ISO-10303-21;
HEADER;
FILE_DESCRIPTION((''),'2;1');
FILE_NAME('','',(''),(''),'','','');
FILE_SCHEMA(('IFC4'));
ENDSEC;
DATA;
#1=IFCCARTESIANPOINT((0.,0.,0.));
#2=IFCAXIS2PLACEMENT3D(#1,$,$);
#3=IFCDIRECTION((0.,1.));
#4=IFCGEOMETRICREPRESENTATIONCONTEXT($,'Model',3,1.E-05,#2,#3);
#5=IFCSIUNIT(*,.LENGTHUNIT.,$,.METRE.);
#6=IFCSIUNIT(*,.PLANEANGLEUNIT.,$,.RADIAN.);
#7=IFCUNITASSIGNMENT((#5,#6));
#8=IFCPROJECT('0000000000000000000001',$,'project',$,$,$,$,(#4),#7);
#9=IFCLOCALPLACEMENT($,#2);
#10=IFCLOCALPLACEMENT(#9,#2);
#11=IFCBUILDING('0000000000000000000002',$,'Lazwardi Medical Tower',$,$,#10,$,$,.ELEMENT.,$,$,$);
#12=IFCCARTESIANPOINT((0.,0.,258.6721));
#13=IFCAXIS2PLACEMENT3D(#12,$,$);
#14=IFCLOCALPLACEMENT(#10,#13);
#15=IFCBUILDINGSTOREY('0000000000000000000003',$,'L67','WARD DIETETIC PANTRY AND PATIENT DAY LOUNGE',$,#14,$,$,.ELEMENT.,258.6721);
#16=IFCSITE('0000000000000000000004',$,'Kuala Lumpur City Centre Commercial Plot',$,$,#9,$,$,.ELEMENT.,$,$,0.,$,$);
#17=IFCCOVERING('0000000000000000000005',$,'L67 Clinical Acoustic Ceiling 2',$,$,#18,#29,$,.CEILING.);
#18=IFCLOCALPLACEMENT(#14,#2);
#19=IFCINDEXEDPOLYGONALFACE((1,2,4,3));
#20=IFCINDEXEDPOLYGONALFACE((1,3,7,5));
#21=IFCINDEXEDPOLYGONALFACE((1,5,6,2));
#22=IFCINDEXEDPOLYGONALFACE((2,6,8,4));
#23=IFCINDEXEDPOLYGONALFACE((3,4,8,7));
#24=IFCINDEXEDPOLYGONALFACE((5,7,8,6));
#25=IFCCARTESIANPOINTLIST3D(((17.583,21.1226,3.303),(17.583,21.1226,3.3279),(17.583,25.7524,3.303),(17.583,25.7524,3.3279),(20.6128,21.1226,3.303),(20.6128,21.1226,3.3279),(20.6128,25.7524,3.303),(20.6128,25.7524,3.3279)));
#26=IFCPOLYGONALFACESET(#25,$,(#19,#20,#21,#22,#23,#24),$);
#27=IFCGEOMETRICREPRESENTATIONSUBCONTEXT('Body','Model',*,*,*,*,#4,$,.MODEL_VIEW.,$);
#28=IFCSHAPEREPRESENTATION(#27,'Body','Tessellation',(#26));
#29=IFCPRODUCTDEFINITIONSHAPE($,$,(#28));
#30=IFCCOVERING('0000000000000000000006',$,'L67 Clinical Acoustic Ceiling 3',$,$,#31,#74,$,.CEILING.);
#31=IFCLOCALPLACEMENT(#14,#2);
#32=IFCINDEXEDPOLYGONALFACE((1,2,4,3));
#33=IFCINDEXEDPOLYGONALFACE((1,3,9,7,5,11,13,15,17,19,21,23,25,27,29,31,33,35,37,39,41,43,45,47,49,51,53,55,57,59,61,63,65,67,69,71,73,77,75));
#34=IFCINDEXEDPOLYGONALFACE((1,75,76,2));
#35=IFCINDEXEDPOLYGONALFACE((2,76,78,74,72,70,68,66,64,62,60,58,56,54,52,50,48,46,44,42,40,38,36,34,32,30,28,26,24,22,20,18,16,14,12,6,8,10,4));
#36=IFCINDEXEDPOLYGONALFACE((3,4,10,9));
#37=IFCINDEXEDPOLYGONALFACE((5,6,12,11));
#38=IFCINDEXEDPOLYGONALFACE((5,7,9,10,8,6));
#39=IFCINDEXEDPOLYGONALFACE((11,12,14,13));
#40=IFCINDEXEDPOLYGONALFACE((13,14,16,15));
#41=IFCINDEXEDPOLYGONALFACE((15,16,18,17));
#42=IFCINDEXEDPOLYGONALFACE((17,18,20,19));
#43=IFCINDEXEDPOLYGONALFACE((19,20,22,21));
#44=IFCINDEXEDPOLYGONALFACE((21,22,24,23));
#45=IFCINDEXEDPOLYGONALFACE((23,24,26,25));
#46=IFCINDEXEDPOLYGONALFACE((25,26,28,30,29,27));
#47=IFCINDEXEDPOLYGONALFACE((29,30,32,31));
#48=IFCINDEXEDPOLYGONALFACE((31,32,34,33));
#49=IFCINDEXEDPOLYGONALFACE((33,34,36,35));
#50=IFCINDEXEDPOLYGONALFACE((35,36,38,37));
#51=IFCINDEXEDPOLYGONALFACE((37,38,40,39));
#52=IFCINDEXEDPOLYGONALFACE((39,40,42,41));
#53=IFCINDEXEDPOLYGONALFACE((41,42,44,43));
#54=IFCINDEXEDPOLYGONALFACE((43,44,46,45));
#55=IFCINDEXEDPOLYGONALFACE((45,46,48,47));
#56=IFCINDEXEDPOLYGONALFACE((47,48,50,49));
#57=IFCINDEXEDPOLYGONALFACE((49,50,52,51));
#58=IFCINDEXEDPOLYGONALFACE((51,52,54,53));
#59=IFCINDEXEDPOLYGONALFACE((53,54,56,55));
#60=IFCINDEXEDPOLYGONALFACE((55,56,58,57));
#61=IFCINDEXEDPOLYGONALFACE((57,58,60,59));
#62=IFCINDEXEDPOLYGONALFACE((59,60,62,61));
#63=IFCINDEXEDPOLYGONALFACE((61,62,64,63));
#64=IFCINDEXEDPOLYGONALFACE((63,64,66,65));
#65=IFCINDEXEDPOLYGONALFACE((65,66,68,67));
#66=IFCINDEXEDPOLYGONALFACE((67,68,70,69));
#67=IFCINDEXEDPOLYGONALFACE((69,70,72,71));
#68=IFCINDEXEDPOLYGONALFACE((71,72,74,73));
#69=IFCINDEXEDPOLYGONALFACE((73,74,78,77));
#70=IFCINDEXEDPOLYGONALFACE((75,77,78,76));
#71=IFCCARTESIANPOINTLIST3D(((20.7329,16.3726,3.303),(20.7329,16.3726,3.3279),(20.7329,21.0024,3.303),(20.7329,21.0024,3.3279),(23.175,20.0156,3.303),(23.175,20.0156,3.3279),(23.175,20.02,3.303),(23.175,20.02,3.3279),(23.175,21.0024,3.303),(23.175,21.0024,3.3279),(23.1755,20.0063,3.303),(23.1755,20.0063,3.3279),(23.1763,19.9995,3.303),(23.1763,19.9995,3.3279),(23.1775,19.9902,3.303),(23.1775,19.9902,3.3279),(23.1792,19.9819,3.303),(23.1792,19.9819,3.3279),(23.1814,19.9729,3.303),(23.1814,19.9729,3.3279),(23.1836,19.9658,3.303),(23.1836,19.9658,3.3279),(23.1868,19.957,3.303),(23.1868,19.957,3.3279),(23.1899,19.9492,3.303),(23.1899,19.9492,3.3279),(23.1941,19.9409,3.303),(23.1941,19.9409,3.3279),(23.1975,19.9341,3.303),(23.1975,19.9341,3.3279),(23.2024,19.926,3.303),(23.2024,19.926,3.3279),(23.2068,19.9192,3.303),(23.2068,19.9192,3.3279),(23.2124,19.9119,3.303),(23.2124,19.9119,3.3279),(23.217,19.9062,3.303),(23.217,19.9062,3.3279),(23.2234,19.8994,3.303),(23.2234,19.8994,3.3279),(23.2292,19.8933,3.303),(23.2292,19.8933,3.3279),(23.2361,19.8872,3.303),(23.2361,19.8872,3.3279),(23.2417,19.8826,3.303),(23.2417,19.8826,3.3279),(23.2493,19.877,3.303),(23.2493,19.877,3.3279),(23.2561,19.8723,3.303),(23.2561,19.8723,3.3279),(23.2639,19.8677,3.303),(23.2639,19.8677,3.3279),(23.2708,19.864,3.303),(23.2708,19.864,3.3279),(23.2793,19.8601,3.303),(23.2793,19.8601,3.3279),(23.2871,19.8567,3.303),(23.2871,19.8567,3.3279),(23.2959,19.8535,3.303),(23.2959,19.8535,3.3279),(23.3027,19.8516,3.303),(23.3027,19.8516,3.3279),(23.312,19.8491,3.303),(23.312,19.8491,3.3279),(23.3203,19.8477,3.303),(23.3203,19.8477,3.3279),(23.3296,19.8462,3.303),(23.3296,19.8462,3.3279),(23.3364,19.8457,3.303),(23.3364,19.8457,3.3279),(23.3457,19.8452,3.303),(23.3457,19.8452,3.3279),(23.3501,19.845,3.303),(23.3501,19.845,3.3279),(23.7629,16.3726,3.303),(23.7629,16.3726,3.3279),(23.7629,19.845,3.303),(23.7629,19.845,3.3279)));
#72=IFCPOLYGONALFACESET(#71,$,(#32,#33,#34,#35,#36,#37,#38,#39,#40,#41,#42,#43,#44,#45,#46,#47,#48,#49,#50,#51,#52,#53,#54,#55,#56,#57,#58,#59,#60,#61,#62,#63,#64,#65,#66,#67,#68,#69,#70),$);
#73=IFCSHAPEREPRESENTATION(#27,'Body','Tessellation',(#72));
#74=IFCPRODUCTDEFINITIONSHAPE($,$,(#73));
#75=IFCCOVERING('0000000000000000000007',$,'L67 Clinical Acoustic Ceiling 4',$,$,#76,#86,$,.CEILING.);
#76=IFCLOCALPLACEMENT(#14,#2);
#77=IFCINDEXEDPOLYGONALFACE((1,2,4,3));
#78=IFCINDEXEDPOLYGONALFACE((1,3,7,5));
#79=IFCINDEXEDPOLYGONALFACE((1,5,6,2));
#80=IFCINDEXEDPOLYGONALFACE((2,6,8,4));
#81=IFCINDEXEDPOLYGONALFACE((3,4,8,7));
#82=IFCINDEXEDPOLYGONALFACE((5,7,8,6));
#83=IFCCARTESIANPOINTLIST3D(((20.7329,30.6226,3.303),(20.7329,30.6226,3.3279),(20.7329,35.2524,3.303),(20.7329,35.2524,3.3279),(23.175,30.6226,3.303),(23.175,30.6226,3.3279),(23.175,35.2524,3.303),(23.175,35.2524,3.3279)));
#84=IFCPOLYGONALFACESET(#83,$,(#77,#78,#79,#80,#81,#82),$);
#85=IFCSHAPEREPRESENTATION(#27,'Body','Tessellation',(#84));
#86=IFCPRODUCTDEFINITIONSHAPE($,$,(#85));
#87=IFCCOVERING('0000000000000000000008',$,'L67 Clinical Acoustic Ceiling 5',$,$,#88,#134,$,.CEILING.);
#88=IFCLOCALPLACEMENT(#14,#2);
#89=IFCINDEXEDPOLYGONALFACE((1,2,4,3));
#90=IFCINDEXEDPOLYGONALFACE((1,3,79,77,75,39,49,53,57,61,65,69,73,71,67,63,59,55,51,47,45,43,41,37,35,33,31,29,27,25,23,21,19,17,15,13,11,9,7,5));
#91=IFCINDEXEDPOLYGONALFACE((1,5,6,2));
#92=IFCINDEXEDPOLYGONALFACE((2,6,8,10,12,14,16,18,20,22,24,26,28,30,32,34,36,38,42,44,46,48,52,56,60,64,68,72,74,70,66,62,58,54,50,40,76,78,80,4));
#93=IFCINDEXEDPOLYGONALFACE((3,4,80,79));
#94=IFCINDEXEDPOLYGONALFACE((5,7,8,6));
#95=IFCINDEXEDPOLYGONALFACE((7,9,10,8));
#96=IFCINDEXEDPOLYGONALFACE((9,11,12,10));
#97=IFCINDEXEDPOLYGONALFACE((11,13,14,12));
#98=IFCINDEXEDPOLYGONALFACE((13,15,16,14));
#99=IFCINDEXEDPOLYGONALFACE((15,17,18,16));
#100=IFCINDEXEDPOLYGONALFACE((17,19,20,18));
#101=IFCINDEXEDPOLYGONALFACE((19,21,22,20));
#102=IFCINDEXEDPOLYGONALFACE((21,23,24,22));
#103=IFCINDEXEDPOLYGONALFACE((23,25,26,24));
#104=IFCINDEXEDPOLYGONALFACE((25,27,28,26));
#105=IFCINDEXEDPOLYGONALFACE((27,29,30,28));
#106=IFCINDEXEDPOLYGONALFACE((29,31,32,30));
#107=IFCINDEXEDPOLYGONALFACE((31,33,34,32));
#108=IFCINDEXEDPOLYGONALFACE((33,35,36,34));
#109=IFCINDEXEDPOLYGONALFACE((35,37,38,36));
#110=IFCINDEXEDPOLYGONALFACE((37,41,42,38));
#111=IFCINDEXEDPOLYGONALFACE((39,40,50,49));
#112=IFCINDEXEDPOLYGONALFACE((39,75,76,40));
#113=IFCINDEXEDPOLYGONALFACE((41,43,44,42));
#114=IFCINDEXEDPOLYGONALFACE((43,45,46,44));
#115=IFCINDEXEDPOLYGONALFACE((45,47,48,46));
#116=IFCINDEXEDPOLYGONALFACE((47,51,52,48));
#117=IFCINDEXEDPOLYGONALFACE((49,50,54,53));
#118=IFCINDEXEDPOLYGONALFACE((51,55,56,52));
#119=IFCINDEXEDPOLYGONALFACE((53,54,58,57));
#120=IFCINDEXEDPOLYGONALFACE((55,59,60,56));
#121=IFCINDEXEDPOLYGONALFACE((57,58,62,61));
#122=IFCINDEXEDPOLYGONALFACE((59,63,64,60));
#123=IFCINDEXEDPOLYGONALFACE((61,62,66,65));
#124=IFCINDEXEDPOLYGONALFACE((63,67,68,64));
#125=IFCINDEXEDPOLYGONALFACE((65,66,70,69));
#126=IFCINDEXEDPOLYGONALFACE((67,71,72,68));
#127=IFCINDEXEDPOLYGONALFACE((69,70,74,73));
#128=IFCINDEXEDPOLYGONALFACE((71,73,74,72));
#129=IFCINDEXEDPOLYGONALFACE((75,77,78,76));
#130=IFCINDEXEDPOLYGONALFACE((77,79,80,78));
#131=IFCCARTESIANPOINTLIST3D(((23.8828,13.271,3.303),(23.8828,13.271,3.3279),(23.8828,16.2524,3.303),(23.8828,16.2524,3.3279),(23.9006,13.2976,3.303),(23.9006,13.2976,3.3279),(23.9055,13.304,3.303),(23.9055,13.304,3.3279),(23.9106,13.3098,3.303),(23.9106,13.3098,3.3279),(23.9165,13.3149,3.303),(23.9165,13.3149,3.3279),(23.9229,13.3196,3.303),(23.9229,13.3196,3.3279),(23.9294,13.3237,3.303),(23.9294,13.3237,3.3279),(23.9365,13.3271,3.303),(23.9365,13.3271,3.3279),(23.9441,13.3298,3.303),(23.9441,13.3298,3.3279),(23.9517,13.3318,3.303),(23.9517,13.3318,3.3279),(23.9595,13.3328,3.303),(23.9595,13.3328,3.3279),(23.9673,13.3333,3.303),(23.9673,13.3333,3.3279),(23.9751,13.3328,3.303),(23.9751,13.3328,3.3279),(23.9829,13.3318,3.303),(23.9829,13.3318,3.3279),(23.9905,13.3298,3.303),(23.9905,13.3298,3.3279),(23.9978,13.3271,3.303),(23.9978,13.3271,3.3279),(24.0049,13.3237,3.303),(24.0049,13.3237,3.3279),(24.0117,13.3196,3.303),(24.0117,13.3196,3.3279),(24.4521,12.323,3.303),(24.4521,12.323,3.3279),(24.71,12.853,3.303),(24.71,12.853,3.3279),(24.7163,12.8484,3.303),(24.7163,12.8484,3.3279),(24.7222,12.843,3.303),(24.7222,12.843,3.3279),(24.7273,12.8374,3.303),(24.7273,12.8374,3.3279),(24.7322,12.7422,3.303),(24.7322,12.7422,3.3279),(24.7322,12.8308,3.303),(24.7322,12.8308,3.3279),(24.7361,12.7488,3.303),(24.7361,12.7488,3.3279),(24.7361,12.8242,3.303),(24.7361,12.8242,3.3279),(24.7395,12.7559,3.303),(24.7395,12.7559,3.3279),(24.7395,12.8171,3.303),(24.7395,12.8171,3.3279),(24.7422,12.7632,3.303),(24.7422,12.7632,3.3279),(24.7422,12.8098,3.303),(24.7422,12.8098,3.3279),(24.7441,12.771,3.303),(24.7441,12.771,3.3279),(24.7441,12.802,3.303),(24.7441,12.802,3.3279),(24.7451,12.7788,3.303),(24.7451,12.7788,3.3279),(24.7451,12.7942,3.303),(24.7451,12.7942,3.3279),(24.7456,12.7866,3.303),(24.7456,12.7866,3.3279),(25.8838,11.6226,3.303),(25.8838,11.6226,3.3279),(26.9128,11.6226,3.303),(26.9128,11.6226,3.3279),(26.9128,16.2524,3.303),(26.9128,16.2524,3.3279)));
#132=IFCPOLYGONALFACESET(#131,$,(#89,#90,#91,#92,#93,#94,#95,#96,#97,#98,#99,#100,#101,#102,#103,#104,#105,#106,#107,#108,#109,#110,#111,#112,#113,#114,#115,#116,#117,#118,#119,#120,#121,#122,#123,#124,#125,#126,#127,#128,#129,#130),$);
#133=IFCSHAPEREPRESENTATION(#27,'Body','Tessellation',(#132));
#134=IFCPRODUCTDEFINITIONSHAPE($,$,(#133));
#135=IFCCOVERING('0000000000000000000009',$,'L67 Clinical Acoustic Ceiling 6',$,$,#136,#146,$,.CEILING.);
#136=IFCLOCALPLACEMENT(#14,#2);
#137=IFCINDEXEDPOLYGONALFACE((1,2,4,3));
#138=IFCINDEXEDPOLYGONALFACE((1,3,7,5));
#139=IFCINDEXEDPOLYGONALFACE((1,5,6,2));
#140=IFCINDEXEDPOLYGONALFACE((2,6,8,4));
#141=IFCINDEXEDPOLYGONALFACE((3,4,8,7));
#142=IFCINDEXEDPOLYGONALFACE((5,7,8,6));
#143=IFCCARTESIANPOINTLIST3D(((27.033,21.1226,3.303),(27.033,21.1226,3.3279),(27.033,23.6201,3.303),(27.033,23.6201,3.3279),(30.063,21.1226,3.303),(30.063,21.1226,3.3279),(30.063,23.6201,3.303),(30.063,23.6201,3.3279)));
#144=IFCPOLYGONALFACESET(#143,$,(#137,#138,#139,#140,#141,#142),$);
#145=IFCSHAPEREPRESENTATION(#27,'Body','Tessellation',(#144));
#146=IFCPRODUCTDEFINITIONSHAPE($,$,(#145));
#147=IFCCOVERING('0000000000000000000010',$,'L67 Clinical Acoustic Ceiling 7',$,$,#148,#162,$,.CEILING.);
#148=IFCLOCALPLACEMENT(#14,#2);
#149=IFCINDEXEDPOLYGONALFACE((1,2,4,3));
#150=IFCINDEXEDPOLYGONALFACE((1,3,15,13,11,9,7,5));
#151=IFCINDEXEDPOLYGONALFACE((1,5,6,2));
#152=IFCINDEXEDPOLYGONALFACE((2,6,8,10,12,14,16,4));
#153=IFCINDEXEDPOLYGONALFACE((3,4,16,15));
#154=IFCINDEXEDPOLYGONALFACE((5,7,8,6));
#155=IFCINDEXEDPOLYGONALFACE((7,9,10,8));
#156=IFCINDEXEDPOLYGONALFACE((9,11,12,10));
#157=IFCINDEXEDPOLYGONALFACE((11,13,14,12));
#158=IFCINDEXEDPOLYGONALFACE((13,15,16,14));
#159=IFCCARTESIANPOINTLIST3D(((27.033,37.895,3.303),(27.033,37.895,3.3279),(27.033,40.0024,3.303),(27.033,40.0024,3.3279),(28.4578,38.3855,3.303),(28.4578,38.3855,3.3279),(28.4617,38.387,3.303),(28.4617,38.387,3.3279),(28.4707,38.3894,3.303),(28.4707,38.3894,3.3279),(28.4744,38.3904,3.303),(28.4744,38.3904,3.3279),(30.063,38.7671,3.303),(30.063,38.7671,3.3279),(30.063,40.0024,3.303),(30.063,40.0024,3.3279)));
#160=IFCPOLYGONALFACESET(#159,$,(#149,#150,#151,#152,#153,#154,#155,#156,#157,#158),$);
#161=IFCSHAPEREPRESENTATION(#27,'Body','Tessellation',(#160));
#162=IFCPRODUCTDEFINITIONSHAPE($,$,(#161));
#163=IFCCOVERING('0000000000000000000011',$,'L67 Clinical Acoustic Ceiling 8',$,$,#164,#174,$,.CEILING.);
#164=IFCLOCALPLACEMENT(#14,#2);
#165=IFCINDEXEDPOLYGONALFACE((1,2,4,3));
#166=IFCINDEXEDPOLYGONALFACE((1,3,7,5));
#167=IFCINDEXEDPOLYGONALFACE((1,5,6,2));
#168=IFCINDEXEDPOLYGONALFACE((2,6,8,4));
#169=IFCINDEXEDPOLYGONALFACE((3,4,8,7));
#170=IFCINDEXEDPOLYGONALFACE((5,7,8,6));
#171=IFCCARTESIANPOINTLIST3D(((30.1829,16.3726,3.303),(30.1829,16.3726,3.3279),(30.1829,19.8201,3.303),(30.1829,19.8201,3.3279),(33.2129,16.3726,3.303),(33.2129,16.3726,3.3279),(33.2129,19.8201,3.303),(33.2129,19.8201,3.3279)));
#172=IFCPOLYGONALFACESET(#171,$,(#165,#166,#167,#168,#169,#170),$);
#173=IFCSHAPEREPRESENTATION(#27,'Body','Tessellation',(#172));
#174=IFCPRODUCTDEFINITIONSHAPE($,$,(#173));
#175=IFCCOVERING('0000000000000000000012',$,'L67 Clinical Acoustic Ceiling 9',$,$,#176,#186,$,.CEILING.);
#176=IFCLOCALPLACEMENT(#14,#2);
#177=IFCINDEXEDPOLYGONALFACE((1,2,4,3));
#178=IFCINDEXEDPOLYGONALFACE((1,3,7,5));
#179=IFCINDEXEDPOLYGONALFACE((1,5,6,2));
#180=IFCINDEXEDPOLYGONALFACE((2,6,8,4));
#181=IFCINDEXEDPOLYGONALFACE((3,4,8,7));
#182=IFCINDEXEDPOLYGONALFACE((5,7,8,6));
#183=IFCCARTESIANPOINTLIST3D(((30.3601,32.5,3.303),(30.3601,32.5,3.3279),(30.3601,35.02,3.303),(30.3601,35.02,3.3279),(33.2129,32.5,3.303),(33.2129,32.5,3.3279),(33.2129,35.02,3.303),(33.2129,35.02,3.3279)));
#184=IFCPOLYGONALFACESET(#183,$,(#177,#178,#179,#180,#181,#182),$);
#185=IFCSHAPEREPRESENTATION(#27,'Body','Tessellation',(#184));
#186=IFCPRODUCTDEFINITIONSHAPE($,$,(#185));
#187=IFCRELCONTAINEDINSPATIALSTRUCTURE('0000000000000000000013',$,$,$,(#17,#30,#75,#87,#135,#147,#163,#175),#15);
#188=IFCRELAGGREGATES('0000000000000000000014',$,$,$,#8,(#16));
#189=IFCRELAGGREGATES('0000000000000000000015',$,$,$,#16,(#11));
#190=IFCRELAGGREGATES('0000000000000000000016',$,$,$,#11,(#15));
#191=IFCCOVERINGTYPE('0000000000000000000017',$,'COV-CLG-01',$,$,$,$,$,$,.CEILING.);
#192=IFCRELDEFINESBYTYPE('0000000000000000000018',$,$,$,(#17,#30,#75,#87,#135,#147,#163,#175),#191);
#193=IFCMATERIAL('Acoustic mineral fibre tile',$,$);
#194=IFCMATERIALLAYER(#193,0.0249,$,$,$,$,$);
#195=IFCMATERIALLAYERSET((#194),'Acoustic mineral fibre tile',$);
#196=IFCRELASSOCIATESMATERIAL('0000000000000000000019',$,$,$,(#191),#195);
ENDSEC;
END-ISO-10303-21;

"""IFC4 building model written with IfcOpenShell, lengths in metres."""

from ifc_helpers import new_model, si_unit, direction, frame, origin, place, context, subcontext, project, spatial, polyline, outline, extrude, material, layer, layer_set, type_object, element, save


model = new_model("IFC4")

# Units and contexts
model_context = context("Model", 3, precision=1e-05, world=origin(), true_north=direction((0.0, 1.0)))
body_context = subcontext(model_context, "Body", "Model", "MODEL_VIEW")
ifc_project = project(units=[si_unit("LENGTHUNIT", "METRE"), si_unit("PLANEANGLEUNIT", "RADIAN")], contexts=[model_context])

# Site, building, storey
site_placement = place(None, origin())
site = spatial("IfcSite", under=ifc_project, at=site_placement, Name="Kuala Lumpur City Centre Commercial Plot", CompositionType="ELEMENT", RefElevation=0.0)
building_placement = place(site_placement, origin())
building = spatial("IfcBuilding", under=site, at=building_placement, Name="Lazwardi Medical Tower", CompositionType="ELEMENT")
storey_placement = place(building_placement, frame((0.0, 0.0, 258.6721)))
storey = spatial("IfcBuildingStorey", under=building, at=storey_placement, Name="L67", Description="WARD DIETETIC PANTRY AND PATIENT DAY LOUNGE", CompositionType="ELEMENT", Elevation=258.6721)

# Coverings
ifc_material_1 = material(Name="Acoustic mineral fibre tile")
ifc_layer_1 = layer(ifc_material_1, 0.0249)
ifc_layer_set_1 = layer_set([ifc_layer_1], Name="Acoustic mineral fibre tile")
covering_type_1 = type_object("IfcCoveringType", Name="COV-CLG-01", PredefinedType="CEILING", material=ifc_layer_set_1)
covering_1_placement = place(storey_placement, frame((0.0, 0.0, 3.303)))
element("IfcCovering", 1, at=covering_1_placement, inside=storey, type_object=covering_type_1, Name="L67 Clinical Acoustic Ceiling 2", PredefinedType="CEILING", context=body_context, shape_type="SweptSolid", body=[
    extrude(outline(polyline([(20.6128, 21.1226), (20.6128, 25.7524), (17.583, 25.7524), (17.583, 21.1226), (20.6128, 21.1226)])), origin(), (0.0, 0.0, 1.0), 0.0249),
])
covering_2_placement = place(storey_placement, frame((0.0, 0.0, 3.303)))
element("IfcCovering", 2, at=covering_2_placement, inside=storey, type_object=covering_type_1, Name="L67 Clinical Acoustic Ceiling 3", PredefinedType="CEILING", context=body_context, shape_type="SweptSolid", body=[
    extrude(outline(polyline([(23.7629, 19.845), (23.3501, 19.845), (23.3457, 19.8452), (23.3364, 19.8457), (23.3296, 19.8462), (23.3203, 19.8477), (23.312, 19.8491), (23.3027, 19.8516), (23.2959, 19.8535), (23.2871, 19.8567), (23.2793, 19.8601), (23.2708, 19.864), (23.2639, 19.8677), (23.2561, 19.8723), (23.2493, 19.877), (23.2417, 19.8826), (23.2361, 19.8872), (23.2292, 19.8933), (23.2234, 19.8994), (23.217, 19.9062), (23.2124, 19.9119), (23.2068, 19.9192), (23.2024, 19.926), (23.1975, 19.9341), (23.1941, 19.9409), (23.1899, 19.9492), (23.1868, 19.957), (23.1836, 19.9658), (23.1814, 19.9729), (23.1792, 19.9819), (23.1775, 19.9902), (23.1763, 19.9995), (23.1755, 20.0063), (23.175, 20.0156), (23.175, 20.02), (23.175, 21.0024), (20.7329, 21.0024), (20.7329, 16.3726), (23.7629, 16.3726), (23.7629, 19.845)])), origin(), (0.0, 0.0, 1.0), 0.0249),
])
covering_3_placement = place(storey_placement, frame((0.0, 0.0, 3.303)))
element("IfcCovering", 3, at=covering_3_placement, inside=storey, type_object=covering_type_1, Name="L67 Clinical Acoustic Ceiling 4", PredefinedType="CEILING", context=body_context, shape_type="SweptSolid", body=[
    extrude(outline(polyline([(23.175, 30.6226), (23.175, 35.2524), (20.7329, 35.2524), (20.7329, 30.6226), (23.175, 30.6226)])), origin(), (0.0, 0.0, 1.0), 0.0249),
])
covering_4_placement = place(storey_placement, frame((0.0, 0.0, 3.303)))
element("IfcCovering", 4, at=covering_4_placement, inside=storey, type_object=covering_type_1, Name="L67 Clinical Acoustic Ceiling 5", PredefinedType="CEILING", context=body_context, shape_type="SweptSolid", body=[
    extrude(outline(polyline([(23.8828, 13.271), (23.9006, 13.2976), (23.9055, 13.304), (23.9106, 13.3098), (23.9165, 13.3149), (23.9229, 13.3196), (23.9294, 13.3237), (23.9365, 13.3271), (23.9441, 13.3298), (23.9517, 13.3318), (23.9595, 13.3328), (23.9673, 13.3333), (23.9751, 13.3328), (23.9829, 13.3318), (23.9905, 13.3298), (23.9978, 13.3271), (24.0049, 13.3237), (24.0117, 13.3196), (24.71, 12.853), (24.7163, 12.8484), (24.7222, 12.843), (24.7273, 12.8374), (24.7322, 12.8308), (24.7361, 12.8242), (24.7395, 12.8171), (24.7422, 12.8098), (24.7441, 12.802), (24.7451, 12.7942), (24.7456, 12.7866), (24.7451, 12.7788), (24.7441, 12.771), (24.7422, 12.7632), (24.7395, 12.7559), (24.7361, 12.7488), (24.7322, 12.7422), (24.4521, 12.323), (25.8838, 11.6226), (26.9128, 11.6226), (26.9128, 16.2524), (23.8828, 16.2524), (23.8828, 13.271)])), origin(), (0.0, 0.0, 1.0), 0.0249),
])
covering_5_placement = place(storey_placement, frame((0.0, 0.0, 3.303)))
element("IfcCovering", 5, at=covering_5_placement, inside=storey, type_object=covering_type_1, Name="L67 Clinical Acoustic Ceiling 6", PredefinedType="CEILING", context=body_context, shape_type="SweptSolid", body=[
    extrude(outline(polyline([(30.063, 23.6201), (27.033, 23.6201), (27.033, 21.1226), (30.063, 21.1226), (30.063, 23.6201)])), origin(), (0.0, 0.0, 1.0), 0.0249),
])
covering_6_placement = place(storey_placement, frame((0.0, 0.0, 3.303)))
element("IfcCovering", 6, at=covering_6_placement, inside=storey, type_object=covering_type_1, Name="L67 Clinical Acoustic Ceiling 7", PredefinedType="CEILING", context=body_context, shape_type="SweptSolid", body=[
    extrude(outline(polyline([(27.033, 37.895), (28.4578, 38.3855), (28.4617, 38.387), (28.4707, 38.3894), (28.4744, 38.3904), (30.063, 38.7671), (30.063, 40.0024), (27.033, 40.0024), (27.033, 37.895)])), origin(), (0.0, 0.0, 1.0), 0.0249),
])
covering_7_placement = place(storey_placement, frame((0.0, 0.0, 3.303)))
element("IfcCovering", 7, at=covering_7_placement, inside=storey, type_object=covering_type_1, Name="L67 Clinical Acoustic Ceiling 8", PredefinedType="CEILING", context=body_context, shape_type="SweptSolid", body=[
    extrude(outline(polyline([(33.2129, 19.8201), (30.1829, 19.8201), (30.1829, 16.3726), (33.2129, 16.3726), (33.2129, 19.8201)])), origin(), (0.0, 0.0, 1.0), 0.0249),
])
covering_8_placement = place(storey_placement, frame((0.0, 0.0, 3.303)))
element("IfcCovering", 8, at=covering_8_placement, inside=storey, type_object=covering_type_1, Name="L67 Clinical Acoustic Ceiling 9", PredefinedType="CEILING", context=body_context, shape_type="SweptSolid", body=[
    extrude(outline(polyline([(33.2129, 35.02), (30.3601, 35.02), (30.3601, 32.5), (33.2129, 32.5), (33.2129, 35.02)])), origin(), (0.0, 0.0, 1.0), 0.0249),
])

save(model, "model.ifc")
